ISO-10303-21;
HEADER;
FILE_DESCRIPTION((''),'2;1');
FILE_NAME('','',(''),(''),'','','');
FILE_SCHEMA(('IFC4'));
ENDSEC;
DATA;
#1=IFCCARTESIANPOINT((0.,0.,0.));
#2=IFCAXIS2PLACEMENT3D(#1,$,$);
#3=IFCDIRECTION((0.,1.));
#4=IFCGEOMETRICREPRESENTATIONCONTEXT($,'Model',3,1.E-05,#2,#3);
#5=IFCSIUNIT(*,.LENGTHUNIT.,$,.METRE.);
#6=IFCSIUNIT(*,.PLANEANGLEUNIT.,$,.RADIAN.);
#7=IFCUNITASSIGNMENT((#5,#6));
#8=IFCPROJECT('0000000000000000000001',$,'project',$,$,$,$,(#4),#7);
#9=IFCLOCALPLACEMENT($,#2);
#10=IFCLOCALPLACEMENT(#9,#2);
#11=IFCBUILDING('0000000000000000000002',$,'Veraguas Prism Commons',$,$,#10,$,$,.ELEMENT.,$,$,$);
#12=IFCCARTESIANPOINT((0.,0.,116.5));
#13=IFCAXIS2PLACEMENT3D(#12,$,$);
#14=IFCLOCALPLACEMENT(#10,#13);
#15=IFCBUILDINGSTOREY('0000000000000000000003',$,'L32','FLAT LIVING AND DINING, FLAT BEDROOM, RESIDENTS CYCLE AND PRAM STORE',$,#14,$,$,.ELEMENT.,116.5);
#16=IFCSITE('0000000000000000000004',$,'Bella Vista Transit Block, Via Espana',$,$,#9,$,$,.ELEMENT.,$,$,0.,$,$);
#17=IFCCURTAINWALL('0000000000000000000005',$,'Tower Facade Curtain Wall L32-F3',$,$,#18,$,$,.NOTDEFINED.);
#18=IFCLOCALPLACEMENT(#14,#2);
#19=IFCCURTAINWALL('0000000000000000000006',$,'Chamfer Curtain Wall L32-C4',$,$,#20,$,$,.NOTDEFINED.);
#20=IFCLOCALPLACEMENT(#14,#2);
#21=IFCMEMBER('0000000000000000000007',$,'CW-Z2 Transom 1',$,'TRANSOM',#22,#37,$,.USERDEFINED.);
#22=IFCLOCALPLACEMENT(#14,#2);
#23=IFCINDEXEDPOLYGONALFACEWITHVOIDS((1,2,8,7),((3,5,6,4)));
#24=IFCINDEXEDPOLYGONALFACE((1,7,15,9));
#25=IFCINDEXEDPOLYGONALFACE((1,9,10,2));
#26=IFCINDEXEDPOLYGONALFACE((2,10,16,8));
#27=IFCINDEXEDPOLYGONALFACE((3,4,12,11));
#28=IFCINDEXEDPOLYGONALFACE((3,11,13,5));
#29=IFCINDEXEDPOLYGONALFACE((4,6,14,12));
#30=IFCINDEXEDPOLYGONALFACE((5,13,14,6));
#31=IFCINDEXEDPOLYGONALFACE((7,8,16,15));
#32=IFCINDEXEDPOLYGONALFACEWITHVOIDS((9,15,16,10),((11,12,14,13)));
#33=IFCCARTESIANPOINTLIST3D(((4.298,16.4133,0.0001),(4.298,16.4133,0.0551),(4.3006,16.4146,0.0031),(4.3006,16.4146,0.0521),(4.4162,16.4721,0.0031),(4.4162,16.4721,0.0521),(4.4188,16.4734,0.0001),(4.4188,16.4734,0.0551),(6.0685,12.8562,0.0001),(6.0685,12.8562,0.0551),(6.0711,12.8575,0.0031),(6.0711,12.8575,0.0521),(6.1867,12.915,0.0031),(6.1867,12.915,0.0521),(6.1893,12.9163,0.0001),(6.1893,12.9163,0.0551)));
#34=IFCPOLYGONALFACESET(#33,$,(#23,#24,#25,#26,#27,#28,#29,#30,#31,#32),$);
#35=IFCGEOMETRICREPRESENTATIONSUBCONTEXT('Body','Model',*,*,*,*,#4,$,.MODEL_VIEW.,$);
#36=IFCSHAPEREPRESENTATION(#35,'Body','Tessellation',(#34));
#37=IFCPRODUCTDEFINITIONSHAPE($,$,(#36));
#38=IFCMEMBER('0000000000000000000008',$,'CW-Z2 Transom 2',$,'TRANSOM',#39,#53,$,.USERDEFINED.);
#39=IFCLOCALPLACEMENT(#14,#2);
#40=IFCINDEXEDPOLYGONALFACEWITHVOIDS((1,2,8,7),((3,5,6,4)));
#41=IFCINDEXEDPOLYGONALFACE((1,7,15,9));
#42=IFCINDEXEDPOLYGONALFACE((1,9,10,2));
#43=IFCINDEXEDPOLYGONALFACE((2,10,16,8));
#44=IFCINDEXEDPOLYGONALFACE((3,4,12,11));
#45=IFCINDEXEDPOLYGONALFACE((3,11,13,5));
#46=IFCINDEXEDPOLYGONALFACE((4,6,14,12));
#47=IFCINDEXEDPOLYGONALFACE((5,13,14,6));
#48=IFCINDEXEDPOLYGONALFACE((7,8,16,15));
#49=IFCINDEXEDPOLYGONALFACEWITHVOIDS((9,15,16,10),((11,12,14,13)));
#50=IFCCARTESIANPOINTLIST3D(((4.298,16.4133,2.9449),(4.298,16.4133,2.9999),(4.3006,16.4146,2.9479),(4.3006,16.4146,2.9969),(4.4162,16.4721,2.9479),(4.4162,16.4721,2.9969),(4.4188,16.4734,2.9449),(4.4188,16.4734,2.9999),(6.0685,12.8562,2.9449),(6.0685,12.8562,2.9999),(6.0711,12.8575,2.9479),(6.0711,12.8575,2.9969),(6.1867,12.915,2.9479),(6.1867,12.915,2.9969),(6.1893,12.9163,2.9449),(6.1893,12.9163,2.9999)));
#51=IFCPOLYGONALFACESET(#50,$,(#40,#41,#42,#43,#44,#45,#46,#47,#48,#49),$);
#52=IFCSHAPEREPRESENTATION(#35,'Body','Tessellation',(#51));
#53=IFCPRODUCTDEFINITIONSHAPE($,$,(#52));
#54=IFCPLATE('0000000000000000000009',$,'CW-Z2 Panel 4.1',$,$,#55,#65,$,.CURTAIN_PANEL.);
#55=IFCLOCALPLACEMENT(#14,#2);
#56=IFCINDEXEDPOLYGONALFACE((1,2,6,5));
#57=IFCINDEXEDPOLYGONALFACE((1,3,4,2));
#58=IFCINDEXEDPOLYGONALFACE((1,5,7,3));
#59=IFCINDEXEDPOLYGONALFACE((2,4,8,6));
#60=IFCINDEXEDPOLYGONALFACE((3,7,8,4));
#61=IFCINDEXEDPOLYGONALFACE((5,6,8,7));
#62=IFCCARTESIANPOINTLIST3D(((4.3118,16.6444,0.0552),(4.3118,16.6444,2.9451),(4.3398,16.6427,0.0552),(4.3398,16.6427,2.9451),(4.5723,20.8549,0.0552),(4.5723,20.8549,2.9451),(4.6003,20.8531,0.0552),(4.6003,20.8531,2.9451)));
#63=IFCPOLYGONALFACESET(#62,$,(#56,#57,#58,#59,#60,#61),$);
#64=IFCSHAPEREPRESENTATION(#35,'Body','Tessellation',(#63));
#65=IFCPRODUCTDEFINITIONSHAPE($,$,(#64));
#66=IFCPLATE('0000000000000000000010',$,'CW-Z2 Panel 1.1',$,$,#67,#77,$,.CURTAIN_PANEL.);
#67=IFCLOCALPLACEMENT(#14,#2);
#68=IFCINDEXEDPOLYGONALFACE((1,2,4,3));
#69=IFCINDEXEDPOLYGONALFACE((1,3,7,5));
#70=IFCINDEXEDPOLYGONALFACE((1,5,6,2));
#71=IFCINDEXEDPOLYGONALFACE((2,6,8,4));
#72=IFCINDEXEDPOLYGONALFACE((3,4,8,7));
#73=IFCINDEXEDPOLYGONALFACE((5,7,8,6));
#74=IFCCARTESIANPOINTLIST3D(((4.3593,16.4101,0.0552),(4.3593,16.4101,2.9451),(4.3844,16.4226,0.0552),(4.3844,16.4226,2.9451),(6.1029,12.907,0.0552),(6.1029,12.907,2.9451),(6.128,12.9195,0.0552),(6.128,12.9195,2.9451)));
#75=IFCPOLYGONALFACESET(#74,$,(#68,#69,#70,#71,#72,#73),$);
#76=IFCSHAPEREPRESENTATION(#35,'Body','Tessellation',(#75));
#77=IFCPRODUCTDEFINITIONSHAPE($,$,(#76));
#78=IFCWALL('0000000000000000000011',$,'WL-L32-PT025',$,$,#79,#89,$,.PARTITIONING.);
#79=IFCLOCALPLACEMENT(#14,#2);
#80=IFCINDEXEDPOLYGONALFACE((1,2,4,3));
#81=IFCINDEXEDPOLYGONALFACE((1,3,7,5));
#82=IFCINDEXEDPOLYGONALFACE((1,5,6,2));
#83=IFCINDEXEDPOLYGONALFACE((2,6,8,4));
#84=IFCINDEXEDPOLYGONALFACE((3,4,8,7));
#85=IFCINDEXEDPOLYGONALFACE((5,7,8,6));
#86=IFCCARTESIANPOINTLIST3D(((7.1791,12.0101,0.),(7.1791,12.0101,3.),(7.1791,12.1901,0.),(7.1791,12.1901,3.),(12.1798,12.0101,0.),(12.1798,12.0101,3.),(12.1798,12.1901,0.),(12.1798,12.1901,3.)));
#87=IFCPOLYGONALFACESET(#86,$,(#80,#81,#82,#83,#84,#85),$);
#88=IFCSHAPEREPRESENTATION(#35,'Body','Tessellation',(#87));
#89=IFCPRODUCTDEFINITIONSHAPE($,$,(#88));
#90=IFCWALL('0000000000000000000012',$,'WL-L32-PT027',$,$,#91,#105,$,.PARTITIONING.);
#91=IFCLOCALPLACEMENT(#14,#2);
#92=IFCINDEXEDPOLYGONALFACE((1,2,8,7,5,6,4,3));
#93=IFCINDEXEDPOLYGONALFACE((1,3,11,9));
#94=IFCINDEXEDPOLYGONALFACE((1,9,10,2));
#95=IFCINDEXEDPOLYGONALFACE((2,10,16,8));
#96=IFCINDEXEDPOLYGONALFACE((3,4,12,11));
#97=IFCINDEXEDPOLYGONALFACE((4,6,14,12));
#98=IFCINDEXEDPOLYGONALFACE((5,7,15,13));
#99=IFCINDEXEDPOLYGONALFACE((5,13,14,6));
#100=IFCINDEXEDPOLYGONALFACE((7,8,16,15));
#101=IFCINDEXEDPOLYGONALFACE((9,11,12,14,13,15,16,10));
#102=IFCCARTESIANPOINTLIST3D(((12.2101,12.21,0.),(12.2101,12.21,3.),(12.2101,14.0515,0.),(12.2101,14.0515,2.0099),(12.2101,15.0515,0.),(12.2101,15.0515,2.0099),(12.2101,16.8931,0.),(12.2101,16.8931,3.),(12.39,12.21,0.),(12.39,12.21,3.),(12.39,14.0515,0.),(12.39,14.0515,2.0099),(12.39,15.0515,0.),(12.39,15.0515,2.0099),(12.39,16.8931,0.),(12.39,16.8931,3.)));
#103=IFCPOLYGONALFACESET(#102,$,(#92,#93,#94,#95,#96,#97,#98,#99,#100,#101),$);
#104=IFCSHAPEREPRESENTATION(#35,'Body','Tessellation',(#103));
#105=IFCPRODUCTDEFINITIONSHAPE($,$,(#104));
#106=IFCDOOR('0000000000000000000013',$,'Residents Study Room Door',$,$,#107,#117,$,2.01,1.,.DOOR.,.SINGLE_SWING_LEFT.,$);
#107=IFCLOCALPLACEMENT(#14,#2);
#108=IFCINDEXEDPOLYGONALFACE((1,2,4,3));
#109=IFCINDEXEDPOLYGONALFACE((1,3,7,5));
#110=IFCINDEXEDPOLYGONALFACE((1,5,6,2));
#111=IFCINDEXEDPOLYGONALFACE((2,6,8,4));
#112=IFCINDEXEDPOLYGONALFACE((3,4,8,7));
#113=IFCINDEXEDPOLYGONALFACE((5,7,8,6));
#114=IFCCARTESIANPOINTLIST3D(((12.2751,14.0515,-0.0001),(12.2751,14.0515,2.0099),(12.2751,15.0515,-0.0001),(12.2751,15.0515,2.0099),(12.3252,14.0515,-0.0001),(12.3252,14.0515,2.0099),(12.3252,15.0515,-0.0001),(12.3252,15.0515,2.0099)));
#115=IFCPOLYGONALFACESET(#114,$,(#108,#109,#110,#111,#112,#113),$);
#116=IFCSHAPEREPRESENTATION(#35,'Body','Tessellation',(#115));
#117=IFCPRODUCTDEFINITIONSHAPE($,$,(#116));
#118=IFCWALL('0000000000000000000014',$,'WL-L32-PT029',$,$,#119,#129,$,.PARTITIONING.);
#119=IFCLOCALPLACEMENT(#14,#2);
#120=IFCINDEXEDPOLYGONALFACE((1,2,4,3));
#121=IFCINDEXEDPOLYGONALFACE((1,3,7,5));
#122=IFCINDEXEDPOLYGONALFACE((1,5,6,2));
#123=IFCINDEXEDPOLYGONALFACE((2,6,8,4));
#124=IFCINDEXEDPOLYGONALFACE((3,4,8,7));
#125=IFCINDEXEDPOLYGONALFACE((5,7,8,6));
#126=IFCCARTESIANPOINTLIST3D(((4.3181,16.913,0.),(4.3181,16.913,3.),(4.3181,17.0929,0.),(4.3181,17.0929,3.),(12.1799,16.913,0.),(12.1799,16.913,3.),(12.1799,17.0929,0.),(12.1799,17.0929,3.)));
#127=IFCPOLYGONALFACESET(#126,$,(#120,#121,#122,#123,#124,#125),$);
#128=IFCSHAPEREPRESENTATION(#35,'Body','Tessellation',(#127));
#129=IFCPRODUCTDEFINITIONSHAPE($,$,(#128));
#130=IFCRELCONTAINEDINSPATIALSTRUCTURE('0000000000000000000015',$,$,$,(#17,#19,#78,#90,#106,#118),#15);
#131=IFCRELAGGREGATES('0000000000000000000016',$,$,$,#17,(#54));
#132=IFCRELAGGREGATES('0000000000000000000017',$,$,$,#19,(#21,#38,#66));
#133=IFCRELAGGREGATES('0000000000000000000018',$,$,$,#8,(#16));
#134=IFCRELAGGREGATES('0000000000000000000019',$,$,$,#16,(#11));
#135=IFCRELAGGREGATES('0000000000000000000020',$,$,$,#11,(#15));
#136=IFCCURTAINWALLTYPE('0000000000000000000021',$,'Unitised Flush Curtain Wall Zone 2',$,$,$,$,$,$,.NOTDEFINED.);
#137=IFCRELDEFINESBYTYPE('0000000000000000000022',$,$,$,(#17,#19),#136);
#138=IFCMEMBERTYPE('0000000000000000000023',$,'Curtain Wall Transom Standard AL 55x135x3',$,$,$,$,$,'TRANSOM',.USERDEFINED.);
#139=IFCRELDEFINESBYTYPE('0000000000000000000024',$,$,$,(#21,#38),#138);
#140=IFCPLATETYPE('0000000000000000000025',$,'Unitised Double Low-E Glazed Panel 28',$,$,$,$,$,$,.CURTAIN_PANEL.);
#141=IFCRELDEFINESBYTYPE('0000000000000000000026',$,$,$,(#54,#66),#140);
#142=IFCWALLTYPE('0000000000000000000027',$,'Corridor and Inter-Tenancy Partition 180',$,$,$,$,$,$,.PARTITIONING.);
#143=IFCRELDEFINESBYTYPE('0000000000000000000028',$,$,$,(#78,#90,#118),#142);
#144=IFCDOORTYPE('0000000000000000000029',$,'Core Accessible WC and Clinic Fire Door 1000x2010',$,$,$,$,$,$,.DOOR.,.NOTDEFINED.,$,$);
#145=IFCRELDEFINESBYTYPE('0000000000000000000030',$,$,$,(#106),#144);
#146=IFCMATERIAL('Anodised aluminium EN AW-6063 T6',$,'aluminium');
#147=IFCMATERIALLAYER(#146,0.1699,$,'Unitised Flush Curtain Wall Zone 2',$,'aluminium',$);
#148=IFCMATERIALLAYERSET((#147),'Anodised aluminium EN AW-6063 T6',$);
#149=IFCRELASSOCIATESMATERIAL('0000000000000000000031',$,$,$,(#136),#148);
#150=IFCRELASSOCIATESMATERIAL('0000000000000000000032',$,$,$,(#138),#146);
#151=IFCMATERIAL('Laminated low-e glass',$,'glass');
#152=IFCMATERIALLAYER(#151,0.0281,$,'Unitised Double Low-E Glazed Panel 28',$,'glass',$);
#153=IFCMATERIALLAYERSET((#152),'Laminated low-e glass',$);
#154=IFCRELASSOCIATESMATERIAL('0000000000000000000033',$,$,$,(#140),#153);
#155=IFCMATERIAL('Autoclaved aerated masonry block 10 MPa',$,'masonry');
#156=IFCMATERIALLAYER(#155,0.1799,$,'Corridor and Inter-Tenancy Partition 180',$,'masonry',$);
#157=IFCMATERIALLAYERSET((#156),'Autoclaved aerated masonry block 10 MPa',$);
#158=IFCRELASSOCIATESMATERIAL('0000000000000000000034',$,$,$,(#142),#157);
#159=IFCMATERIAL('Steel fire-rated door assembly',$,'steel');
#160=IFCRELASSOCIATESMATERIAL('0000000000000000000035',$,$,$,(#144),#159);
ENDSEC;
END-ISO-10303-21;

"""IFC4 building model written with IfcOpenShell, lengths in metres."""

from ifc_helpers import new_model, si_unit, direction, frame, frame_2d, origin, origin_2d, place, context, subcontext, project, spatial, rectangle, hollow_rectangle, extrude, source, transform, mapped, material, layer, layer_set, material_profile, profile_set, type_object, element, fill, aggregate, save


model = new_model("IFC4")

# Units and contexts
model_context = context("Model", 3, precision=1e-05, world=origin(), true_north=direction((0.0, 1.0)))
body_context = subcontext(model_context, "Body", "Model", "MODEL_VIEW")
ifc_project = project(units=[si_unit("LENGTHUNIT", "METRE"), si_unit("PLANEANGLEUNIT", "RADIAN")], contexts=[model_context])

# Site, building, storey
site_placement = place(None, origin())
site = spatial("IfcSite", under=ifc_project, at=site_placement, Name="Bella Vista Transit Block, Via Espana", CompositionType="ELEMENT", RefElevation=0.0)
building_placement = place(site_placement, origin())
building = spatial("IfcBuilding", under=site, at=building_placement, Name="Veraguas Prism Commons", CompositionType="ELEMENT")
storey_placement = place(building_placement, frame((0.0, 0.0, 116.5)))
storey = spatial("IfcBuildingStorey", under=building, at=storey_placement, Name="L32", Description="FLAT LIVING AND DINING, FLAT BEDROOM, RESIDENTS CYCLE AND PRAM STORE", CompositionType="ELEMENT", Elevation=116.5)

# Curtain wall
ifc_material_1 = material(Name="Anodised aluminium EN AW-6063 T6", Category="aluminium")
ifc_layer_1 = layer(ifc_material_1, 0.1699, Name="Unitised Flush Curtain Wall Zone 2", Category="aluminium")
ifc_layer_set_1 = layer_set([ifc_layer_1], Name="Anodised aluminium EN AW-6063 T6")
curtain_wall_type = type_object("IfcCurtainWallType", Name="Unitised Flush Curtain Wall Zone 2", PredefinedType="NOTDEFINED", material=ifc_layer_set_1)
curtain_wall_1_placement = place(storey_placement, origin())
curtain_wall_1 = element("IfcCurtainWall", 1, at=curtain_wall_1_placement, inside=storey, type_object=curtain_wall_type, Name="Tower Facade Curtain Wall L32-F3", PredefinedType="NOTDEFINED")

# Curtain wall
curtain_wall_2_placement = place(storey_placement, origin())
curtain_wall_2 = element("IfcCurtainWall", 2, at=curtain_wall_2_placement, inside=storey, type_object=curtain_wall_type, Name="Chamfer Curtain Wall L32-C4", PredefinedType="NOTDEFINED")

# Members
ifc_material_profile_1 = material_profile(ifc_material_1, hollow_rectangle(XDim=0.0549, YDim=0.135, WallThickness=0.0029, at=origin_2d()), Name="AL55X135X3")
ifc_profile_set_1 = profile_set([ifc_material_profile_1], Name="Anodised aluminium EN AW-6063 T6")
member_type_1 = type_object("IfcMemberType", Name="Curtain Wall Transom Standard AL 55x135x3", ElementType="TRANSOM", PredefinedType="USERDEFINED", material=ifc_profile_set_1)
shared_shape_1 = source(origin(), body_context, "Body", "SweptSolid", [
    extrude(hollow_rectangle(XDim=0.0549, YDim=0.135, WallThickness=0.0029, at=origin_2d()), origin(), (0.0, 0.0, 1.0), 3.9734),
])
member_1_placement = place(storey_placement, frame((4.3584, 16.4434, 0.0276), z_axis=(0.445591, -0.895237, 0.0), x_axis=(0.0, 0.0, 1.0)))
member_1 = element("IfcMember", 3, at=member_1_placement, type_object=member_type_1, Name="CW-Z2 Transom 1", ObjectType="TRANSOM", PredefinedType="USERDEFINED", context=body_context, shape_type="MappedRepresentation", body=[
    mapped(shared_shape_1, transform((0.0, 0.0, 0.0), scale=1.0)),
])
member_2_placement = place(storey_placement, frame((4.3584, 16.4434, 2.9724), z_axis=(0.445591, -0.895237, 0.0), x_axis=(0.0, 0.0, 1.0)))
member_2 = element("IfcMember", 4, at=member_2_placement, type_object=member_type_1, Name="CW-Z2 Transom 2", ObjectType="TRANSOM", PredefinedType="USERDEFINED", context=body_context, shape_type="MappedRepresentation", body=[
    mapped(shared_shape_1, transform((0.0, 0.0, 0.0), scale=1.0)),
])

# Plates
ifc_material_2 = material(Name="Laminated low-e glass", Category="glass")
ifc_layer_2 = layer(ifc_material_2, 0.0281, Name="Unitised Double Low-E Glazed Panel 28", Category="glass")
ifc_layer_set_2 = layer_set([ifc_layer_2], Name="Laminated low-e glass")
plate_type = type_object("IfcPlateType", Name="Unitised Double Low-E Glazed Panel 28", PredefinedType="CURTAIN_PANEL", material=ifc_layer_set_2)
shared_shape_2 = source(origin(), body_context, "Body", "SweptSolid", [
    extrude(rectangle(XDim=4.2185, YDim=0.0281, at=origin_2d()), origin(), (0.0, 0.0, 1.0), 2.8899),
])
plate_1_placement = place(storey_placement, frame((4.4561, 18.7488, 0.0552), z_axis=(0.0, 0.0, 1.0), x_axis=(-0.061744, -0.998092, 0.0)))
plate_1 = element("IfcPlate", 5, at=plate_1_placement, type_object=plate_type, Name="CW-Z2 Panel 4.1", PredefinedType="CURTAIN_PANEL", context=body_context, shape_type="MappedRepresentation", body=[
    mapped(shared_shape_2, transform((0.0, 0.0, 0.0), scale=1.0)),
])
aggregate(curtain_wall_1, [plate_1])
shared_shape_3 = source(origin(), body_context, "Body", "SweptSolid", [
    extrude(rectangle(XDim=3.9131, YDim=0.0281, at=origin_2d()), origin(), (0.0, 0.0, 1.0), 2.8899),
])
plate_2_placement = place(storey_placement, frame((5.2437, 14.6648, 0.0552), z_axis=(0.0, 0.0, 1.0), x_axis=(0.445576, -0.895244, 0.0)))
plate_2 = element("IfcPlate", 6, at=plate_2_placement, type_object=plate_type, Name="CW-Z2 Panel 1.1", PredefinedType="CURTAIN_PANEL", context=body_context, shape_type="MappedRepresentation", body=[
    mapped(shared_shape_3, transform((0.0, 0.0, 0.0), scale=1.0)),
])
aggregate(curtain_wall_2, [member_1, member_2, plate_2])

# Wall
ifc_material_3 = material(Name="Autoclaved aerated masonry block 10 MPa", Category="masonry")
ifc_layer_3 = layer(ifc_material_3, 0.1799, Name="Corridor and Inter-Tenancy Partition 180", Category="masonry")
ifc_layer_set_3 = layer_set([ifc_layer_3], Name="Autoclaved aerated masonry block 10 MPa")
wall_type = type_object("IfcWallType", Name="Corridor and Inter-Tenancy Partition 180", PredefinedType="PARTITIONING", material=ifc_layer_set_3)
wall_1_placement = place(storey_placement, frame((12.1799, 12.1001, 0.0), z_axis=(0.0, 0.0, 1.0), x_axis=(-1.0, 0.0, 0.0)))
element("IfcWall", 7, at=wall_1_placement, inside=storey, type_object=wall_type, Name="WL-L32-PT025", PredefinedType="PARTITIONING", context=body_context, shape_type="SweptSolid", body=[
    extrude(rectangle(XDim=5.0007, YDim=0.1799, at=frame_2d((2.5005, 0.0))), origin(), (0.0, 0.0, 1.0), 3.0),
])

# Wall, opening, door
wall_2_placement = place(storey_placement, frame((12.3, 12.21, 0.0), z_axis=(0.0, 0.0, 1.0), x_axis=(0.0, 1.0, 0.0)))
wall_2 = element("IfcWall", 8, at=wall_2_placement, inside=storey, type_object=wall_type, Name="WL-L32-PT027", PredefinedType="PARTITIONING", context=body_context, shape_type="SweptSolid", body=[
    extrude(rectangle(XDim=4.6831, YDim=0.1799, at=frame_2d((2.3416, 0.0))), origin(), (0.0, 0.0, 1.0), 3.0),
])
opening_placement = place(wall_2_placement, frame((1.8416, 0.0, 0.0)))
opening = element("IfcOpeningElement", 9, at=opening_placement, cuts=wall_2, PredefinedType="OPENING", context=body_context, shape_type="SweptSolid", body=[
    extrude(rectangle(XDim=1.0, YDim=2.01, at=frame_2d((0.5, 1.0049))), frame((0.0, 0.0999, 0.0), z_axis=(0.0, -1.0, 0.0), x_axis=(1.0, 0.0, 0.0)), (0.0, 0.0, 1.0), 0.2),
])
ifc_material_4 = material(Name="Steel fire-rated door assembly", Category="steel")
door_type = type_object("IfcDoorType", Name="Core Accessible WC and Clinic Fire Door 1000x2010", OperationType="NOTDEFINED", PredefinedType="DOOR", material=ifc_material_4)
shared_shape_4 = source(origin(), body_context, "Body", "SweptSolid", [
    extrude(rectangle(XDim=1.0, YDim=2.01, at=frame_2d((0.5, 1.0049))), frame((0.0, 0.0249, 0.0), z_axis=(0.0, -1.0, 0.0), x_axis=(1.0, 0.0, 0.0)), (0.0, 0.0, 1.0), 0.05),
])
door_placement = place(opening_placement, origin())
door = element("IfcDoor", 10, at=door_placement, inside=storey, type_object=door_type, Name="Residents Study Room Door", OperationType="SINGLE_SWING_LEFT", OverallHeight=2.01, OverallWidth=1.0, PredefinedType="DOOR", context=body_context, shape_type="MappedRepresentation", body=[
    mapped(shared_shape_4, transform((0.0, 0.0, 0.0), scale=1.0)),
])
fill(opening, door)

# Wall
wall_3_placement = place(storey_placement, frame((12.1799, 17.0029, 0.0), z_axis=(0.0, 0.0, 1.0), x_axis=(-1.0, 0.0, 0.0)))
element("IfcWall", 11, at=wall_3_placement, inside=storey, type_object=wall_type, Name="WL-L32-PT029", PredefinedType="PARTITIONING", context=body_context, shape_type="SweptSolid", body=[
    extrude(rectangle(XDim=7.8618, YDim=0.1799, at=frame_2d((3.9309, 0.0))), origin(), (0.0, 0.0, 1.0), 3.0),
])

save(model, "model.ifc")
